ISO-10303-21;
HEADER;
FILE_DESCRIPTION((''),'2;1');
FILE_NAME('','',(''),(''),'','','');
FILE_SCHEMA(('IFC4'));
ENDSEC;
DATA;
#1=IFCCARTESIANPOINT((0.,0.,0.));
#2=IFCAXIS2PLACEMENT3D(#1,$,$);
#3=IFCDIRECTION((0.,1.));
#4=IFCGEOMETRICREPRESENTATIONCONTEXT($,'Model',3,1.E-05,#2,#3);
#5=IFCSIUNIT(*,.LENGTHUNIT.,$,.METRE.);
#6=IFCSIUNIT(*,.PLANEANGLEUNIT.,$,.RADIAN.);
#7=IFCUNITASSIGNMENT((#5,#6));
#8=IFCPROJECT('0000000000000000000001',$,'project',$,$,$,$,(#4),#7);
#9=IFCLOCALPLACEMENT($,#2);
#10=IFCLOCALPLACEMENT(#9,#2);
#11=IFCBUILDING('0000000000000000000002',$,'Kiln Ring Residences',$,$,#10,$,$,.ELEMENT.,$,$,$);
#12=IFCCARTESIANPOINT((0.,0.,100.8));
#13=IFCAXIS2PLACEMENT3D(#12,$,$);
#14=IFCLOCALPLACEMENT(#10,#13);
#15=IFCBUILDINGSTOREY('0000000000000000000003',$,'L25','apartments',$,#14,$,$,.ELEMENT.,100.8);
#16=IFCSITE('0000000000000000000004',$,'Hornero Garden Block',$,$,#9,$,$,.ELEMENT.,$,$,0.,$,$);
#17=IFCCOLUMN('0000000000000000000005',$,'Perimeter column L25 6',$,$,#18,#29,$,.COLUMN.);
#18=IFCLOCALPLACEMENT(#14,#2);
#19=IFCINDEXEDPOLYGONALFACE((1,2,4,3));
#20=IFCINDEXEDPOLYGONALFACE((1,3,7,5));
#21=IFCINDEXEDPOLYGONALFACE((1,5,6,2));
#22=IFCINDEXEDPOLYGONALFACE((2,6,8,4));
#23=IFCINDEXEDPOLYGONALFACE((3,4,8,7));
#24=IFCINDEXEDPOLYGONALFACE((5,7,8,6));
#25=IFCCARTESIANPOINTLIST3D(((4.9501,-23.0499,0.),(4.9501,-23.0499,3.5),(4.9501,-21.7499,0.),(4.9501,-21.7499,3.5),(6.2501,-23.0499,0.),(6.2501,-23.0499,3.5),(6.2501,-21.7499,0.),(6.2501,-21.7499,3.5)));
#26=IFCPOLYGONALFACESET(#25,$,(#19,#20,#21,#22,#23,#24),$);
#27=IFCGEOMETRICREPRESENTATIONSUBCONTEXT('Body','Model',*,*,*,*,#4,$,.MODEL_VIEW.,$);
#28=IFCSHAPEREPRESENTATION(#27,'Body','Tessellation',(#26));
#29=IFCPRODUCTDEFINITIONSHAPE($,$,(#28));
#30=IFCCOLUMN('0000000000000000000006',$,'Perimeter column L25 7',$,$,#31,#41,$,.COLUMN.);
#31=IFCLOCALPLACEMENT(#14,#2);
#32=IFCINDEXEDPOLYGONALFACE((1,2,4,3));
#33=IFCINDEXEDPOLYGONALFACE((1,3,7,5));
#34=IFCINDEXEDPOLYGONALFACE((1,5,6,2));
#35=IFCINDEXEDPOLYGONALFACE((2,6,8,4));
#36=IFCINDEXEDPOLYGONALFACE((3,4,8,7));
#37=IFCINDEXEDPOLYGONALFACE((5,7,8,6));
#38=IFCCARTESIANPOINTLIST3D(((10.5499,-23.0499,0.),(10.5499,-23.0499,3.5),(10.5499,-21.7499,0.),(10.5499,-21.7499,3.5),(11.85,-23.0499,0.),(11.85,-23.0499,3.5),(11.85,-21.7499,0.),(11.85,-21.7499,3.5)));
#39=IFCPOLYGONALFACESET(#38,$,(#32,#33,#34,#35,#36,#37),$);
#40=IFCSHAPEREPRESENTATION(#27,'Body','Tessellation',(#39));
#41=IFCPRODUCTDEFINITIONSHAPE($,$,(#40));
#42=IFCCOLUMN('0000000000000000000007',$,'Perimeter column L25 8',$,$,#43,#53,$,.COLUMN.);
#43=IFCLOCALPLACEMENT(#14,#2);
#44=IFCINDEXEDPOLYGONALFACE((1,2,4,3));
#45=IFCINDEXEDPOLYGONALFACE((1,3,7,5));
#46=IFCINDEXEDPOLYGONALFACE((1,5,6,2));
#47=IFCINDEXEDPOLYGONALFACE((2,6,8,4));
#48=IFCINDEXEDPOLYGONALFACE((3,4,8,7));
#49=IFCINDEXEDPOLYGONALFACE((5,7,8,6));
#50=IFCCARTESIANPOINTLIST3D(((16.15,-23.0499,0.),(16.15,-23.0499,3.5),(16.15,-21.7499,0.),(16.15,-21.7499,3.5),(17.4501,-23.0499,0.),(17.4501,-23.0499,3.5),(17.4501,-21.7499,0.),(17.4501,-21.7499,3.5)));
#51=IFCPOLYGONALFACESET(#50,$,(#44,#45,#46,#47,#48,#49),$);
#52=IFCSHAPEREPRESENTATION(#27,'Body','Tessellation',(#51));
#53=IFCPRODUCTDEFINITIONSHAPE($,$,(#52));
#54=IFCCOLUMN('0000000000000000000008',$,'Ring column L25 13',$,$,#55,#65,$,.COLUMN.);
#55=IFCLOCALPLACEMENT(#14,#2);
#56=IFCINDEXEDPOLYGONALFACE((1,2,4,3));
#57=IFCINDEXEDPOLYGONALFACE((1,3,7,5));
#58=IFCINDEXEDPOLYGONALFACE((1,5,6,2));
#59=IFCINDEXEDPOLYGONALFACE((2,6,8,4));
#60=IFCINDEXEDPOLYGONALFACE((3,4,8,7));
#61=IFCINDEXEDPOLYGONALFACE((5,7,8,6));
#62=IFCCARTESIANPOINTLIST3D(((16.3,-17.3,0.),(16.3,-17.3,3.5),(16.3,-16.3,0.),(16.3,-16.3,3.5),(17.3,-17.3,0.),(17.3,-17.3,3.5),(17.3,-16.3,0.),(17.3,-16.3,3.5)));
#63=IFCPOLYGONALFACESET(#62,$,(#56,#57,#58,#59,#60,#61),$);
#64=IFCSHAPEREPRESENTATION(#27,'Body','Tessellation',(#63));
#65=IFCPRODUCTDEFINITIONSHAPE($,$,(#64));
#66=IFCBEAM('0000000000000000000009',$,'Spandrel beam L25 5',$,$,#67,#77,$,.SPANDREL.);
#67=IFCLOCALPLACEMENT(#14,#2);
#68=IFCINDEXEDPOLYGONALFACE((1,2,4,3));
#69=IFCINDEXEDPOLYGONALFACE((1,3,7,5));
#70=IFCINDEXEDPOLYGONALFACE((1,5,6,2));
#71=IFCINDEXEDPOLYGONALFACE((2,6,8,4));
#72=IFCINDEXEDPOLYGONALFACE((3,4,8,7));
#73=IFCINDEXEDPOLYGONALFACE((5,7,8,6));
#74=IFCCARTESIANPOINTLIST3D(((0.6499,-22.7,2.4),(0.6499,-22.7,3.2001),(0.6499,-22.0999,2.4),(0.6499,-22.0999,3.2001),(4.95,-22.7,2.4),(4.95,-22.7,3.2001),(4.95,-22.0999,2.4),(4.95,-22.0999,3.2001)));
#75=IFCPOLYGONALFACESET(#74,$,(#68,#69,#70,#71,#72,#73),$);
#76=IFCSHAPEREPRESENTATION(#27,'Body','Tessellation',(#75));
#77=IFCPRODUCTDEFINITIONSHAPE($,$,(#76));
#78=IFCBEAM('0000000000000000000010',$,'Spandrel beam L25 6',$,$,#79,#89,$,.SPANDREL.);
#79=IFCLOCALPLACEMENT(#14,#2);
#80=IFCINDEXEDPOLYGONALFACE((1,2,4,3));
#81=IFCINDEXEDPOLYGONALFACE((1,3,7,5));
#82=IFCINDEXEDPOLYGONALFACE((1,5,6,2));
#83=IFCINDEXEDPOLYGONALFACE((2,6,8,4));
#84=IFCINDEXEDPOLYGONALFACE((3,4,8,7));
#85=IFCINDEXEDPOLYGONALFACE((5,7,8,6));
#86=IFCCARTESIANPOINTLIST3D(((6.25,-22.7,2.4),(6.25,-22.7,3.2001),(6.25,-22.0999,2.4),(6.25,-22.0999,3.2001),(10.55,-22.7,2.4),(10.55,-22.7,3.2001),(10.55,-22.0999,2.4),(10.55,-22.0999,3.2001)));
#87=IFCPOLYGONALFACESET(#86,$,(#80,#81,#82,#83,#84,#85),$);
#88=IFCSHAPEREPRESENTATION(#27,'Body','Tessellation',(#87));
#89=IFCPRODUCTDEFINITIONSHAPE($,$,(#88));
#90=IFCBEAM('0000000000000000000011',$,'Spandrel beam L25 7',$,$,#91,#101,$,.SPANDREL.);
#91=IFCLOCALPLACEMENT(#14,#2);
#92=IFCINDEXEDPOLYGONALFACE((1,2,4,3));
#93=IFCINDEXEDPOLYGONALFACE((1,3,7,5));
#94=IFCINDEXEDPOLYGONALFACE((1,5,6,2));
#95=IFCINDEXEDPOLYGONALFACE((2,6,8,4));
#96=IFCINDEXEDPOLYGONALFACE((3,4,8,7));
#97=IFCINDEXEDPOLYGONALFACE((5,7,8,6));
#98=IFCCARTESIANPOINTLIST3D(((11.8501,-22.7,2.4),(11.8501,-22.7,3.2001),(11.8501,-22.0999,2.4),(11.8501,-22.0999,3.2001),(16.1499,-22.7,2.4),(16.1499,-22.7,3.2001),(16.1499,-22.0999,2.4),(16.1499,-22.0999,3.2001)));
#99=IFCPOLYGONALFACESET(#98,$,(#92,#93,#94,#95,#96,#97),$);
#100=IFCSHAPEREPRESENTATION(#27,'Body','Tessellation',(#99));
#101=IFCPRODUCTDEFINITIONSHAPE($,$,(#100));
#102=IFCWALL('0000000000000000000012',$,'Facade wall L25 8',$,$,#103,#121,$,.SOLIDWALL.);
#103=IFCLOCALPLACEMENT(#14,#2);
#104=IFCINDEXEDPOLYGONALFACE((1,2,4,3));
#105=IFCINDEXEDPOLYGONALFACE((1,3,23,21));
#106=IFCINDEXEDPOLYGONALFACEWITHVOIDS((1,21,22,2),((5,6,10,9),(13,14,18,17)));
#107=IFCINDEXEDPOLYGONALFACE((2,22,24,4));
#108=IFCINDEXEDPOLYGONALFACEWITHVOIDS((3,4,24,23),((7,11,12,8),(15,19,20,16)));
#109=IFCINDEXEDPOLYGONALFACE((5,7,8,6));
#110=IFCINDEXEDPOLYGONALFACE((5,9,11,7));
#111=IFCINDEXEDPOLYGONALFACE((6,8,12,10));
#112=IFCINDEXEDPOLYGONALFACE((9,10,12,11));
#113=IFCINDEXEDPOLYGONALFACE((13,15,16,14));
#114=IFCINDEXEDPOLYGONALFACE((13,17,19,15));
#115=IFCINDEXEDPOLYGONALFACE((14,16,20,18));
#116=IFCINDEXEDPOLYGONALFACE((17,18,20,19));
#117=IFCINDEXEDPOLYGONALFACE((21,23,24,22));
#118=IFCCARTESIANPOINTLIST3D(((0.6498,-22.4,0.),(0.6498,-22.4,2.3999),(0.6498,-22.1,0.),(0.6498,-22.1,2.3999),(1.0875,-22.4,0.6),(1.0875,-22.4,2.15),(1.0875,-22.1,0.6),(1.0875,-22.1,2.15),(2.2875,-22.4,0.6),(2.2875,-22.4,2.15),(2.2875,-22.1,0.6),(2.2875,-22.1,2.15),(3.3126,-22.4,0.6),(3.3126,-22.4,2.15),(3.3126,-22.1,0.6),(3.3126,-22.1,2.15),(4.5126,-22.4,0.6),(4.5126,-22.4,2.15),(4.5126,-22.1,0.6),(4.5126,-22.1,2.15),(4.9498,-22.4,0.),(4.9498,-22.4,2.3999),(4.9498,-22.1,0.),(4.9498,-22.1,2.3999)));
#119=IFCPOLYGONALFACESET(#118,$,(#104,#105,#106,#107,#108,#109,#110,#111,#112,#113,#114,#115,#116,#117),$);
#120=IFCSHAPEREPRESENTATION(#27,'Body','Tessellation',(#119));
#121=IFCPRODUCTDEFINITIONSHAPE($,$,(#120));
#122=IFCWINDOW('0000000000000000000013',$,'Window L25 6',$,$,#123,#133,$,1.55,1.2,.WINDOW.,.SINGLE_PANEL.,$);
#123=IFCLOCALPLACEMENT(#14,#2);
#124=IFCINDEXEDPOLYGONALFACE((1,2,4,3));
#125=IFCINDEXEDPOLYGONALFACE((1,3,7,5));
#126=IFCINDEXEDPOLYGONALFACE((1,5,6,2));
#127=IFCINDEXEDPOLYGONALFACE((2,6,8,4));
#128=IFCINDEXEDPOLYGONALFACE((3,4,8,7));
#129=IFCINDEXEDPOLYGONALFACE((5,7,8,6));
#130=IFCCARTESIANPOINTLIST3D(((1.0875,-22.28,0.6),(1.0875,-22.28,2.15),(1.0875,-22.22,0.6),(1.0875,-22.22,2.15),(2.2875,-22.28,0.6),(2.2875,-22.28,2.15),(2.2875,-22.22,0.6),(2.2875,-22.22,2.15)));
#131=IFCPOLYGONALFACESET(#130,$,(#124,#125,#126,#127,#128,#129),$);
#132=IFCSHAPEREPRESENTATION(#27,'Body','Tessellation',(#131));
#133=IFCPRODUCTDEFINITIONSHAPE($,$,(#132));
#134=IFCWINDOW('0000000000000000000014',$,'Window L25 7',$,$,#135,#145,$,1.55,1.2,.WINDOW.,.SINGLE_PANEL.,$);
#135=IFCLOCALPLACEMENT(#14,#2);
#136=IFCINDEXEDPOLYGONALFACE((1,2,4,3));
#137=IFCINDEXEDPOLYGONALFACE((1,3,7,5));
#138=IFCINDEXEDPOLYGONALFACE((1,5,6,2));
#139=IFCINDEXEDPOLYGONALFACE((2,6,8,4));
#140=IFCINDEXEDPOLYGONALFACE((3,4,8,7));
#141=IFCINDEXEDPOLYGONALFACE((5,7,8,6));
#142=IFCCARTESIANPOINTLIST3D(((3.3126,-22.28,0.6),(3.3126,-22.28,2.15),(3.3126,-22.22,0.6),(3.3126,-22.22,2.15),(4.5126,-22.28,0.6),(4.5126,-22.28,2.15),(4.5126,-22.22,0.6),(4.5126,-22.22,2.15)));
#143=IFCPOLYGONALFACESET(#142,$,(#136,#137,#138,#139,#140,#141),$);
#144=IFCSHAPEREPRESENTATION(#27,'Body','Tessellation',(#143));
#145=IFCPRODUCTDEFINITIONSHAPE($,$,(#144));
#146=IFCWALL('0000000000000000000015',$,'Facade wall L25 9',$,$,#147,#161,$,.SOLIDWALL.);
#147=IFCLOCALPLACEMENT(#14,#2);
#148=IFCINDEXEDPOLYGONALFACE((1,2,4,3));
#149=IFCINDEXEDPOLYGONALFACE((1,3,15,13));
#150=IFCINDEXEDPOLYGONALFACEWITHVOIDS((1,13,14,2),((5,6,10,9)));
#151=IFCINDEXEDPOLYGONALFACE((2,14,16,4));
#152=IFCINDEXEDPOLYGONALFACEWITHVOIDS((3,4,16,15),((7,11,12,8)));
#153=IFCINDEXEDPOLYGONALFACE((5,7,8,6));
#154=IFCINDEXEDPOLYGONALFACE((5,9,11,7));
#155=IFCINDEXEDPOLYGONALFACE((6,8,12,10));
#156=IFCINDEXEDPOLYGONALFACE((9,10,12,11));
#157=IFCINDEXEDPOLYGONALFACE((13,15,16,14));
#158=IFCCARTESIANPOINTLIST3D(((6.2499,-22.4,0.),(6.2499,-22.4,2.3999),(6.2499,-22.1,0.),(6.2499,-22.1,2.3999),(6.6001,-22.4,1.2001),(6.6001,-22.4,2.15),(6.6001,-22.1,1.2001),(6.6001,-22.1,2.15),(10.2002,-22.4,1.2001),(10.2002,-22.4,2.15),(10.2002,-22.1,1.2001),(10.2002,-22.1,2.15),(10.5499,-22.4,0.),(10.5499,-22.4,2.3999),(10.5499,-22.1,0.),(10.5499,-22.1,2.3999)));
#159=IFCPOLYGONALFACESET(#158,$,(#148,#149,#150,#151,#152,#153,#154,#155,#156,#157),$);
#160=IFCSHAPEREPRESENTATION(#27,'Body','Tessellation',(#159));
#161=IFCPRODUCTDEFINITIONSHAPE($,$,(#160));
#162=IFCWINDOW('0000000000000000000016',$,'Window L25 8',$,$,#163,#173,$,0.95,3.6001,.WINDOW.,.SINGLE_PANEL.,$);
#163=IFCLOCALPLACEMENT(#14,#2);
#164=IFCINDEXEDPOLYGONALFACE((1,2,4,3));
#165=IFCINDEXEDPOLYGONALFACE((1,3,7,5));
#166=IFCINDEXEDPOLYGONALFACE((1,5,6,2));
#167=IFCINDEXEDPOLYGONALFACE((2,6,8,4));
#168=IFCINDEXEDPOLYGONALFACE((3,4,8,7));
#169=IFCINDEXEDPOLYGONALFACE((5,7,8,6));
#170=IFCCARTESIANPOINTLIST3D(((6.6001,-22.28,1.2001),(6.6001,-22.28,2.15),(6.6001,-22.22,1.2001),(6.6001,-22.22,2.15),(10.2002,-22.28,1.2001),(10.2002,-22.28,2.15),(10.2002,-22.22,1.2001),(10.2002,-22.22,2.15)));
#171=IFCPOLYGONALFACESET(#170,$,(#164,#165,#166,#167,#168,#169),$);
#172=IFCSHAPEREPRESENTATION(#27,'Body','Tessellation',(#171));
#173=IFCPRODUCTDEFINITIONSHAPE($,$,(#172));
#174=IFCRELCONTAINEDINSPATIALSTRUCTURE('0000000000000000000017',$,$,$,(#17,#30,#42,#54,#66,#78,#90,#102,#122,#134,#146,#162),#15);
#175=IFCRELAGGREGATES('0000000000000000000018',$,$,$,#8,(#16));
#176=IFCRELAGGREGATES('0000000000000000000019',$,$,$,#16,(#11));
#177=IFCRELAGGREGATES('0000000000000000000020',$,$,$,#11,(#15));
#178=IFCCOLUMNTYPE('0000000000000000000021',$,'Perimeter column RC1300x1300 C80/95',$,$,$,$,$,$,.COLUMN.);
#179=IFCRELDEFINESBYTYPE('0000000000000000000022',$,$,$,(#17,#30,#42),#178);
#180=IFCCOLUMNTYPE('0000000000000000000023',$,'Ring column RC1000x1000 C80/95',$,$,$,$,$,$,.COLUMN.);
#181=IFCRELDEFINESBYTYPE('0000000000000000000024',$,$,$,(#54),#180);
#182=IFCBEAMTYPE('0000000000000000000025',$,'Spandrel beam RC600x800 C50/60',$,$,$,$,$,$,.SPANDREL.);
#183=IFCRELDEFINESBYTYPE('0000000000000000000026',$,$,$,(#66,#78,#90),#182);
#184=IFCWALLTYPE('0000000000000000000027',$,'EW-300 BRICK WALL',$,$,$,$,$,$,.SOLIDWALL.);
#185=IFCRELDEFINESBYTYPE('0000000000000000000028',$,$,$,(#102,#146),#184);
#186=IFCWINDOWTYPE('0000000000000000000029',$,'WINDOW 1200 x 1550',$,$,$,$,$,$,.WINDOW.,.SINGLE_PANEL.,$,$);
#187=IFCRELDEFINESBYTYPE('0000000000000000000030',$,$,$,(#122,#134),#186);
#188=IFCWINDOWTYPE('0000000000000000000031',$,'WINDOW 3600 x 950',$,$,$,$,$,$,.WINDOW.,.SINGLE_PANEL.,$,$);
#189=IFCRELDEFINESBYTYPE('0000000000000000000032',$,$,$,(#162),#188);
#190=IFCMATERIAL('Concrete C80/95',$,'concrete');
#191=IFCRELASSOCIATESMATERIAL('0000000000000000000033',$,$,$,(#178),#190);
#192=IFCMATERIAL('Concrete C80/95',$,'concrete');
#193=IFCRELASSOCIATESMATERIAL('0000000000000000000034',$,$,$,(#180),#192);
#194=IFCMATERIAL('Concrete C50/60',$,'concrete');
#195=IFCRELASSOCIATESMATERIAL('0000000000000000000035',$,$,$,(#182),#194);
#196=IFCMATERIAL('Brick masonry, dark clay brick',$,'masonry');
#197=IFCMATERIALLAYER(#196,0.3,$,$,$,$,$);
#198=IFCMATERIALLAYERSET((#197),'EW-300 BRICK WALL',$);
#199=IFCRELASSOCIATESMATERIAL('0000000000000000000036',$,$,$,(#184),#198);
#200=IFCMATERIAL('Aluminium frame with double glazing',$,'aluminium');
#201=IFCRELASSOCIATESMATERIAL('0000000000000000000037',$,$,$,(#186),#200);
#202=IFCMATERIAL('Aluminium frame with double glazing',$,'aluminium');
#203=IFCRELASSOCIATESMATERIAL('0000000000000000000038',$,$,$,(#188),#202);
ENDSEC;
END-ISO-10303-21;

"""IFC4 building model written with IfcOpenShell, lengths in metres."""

from ifc_helpers import new_model, si_unit, direction, frame, frame_2d, origin, origin_2d, place, context, subcontext, project, spatial, rectangle, extrude, material, layer, layer_set, material_profile, profile_set, type_object, element, fill, save


model = new_model("IFC4")

# Units and contexts
model_context = context("Model", 3, precision=1e-05, world=origin(), true_north=direction((0.0, 1.0)))
body_context = subcontext(model_context, "Body", "Model", "MODEL_VIEW")
ifc_project = project(units=[si_unit("LENGTHUNIT", "METRE"), si_unit("PLANEANGLEUNIT", "RADIAN")], contexts=[model_context])

# Site, building, storey
site_placement = place(None, origin())
site = spatial("IfcSite", under=ifc_project, at=site_placement, Name="Hornero Garden Block", CompositionType="ELEMENT", RefElevation=0.0)
building_placement = place(site_placement, origin())
building = spatial("IfcBuilding", under=site, at=building_placement, Name="Kiln Ring Residences", CompositionType="ELEMENT")
storey_placement = place(building_placement, frame((0.0, 0.0, 100.8)))
storey = spatial("IfcBuildingStorey", under=building, at=storey_placement, Name="L25", Description="apartments", CompositionType="ELEMENT", Elevation=100.8)

# Columns
ifc_material_1 = material(Name="Concrete C80/95", Category="concrete")
ifc_material_profile_1 = material_profile(ifc_material_1, rectangle(XDim=1.3, YDim=1.3, at=origin_2d()), Name="RC1300x1300")
ifc_profile_set_1 = profile_set([ifc_material_profile_1], Name="Concrete C80/95")
column_type_1 = type_object("IfcColumnType", Name="Perimeter column RC1300x1300 C80/95", PredefinedType="COLUMN", material=ifc_profile_set_1)
for number, where, z_axis, x_axis, name in (
    (1, (5.6001, -22.3999, 0.0), (0.0, 0.0, 1.0), (1.0, 0.0, 0.0), "Perimeter column L25 6"),
    (2, (11.2, -22.3999, 0.0), (0.0, 0.0, 1.0), (1.0, 0.0, 0.0), "Perimeter column L25 7"),
    (3, (16.8, -22.3999, 0.0), (0.0, 0.0, 1.0), (1.0, 0.0, 0.0), "Perimeter column L25 8"),
):
    element("IfcColumn", number, at=place(storey_placement, frame(where, z_axis=z_axis, x_axis=x_axis)), inside=storey, type_object=column_type_1, Name=name, PredefinedType="COLUMN", context=body_context, shape_type="SweptSolid", body=[
        extrude(rectangle(XDim=1.3, YDim=1.3, at=origin_2d()), origin(), (0.0, 0.0, 1.0), 3.5),
    ])
ifc_material_2 = material(Name="Concrete C80/95", Category="concrete")
ifc_material_profile_2 = material_profile(ifc_material_2, rectangle(XDim=1.0, YDim=1.0, at=origin_2d()), Name="RC1000x1000")
ifc_profile_set_2 = profile_set([ifc_material_profile_2], Name="Concrete C80/95")
column_type_2 = type_object("IfcColumnType", Name="Ring column RC1000x1000 C80/95", PredefinedType="COLUMN", material=ifc_profile_set_2)
column_placement = place(storey_placement, frame((16.8, -16.8, 0.0), z_axis=(0.0, 0.0, 1.0), x_axis=(1.0, 0.0, 0.0)))
element("IfcColumn", 4, at=column_placement, inside=storey, type_object=column_type_2, Name="Ring column L25 13", PredefinedType="COLUMN", context=body_context, shape_type="SweptSolid", body=[
    extrude(rectangle(XDim=1.0, YDim=1.0, at=origin_2d()), origin(), (0.0, 0.0, 1.0), 3.5),
])

# Beams
ifc_material_3 = material(Name="Concrete C50/60", Category="concrete")
ifc_material_profile_3 = material_profile(ifc_material_3, rectangle(XDim=0.6001, YDim=0.8, at=origin_2d()), Name="RC600x800")
ifc_profile_set_3 = profile_set([ifc_material_profile_3], Name="Concrete C50/60")
beam_type = type_object("IfcBeamType", Name="Spandrel beam RC600x800 C50/60", PredefinedType="SPANDREL", material=ifc_profile_set_3)
for number, where, z_axis, x_axis, name in (
    (5, (0.6499, -22.3999, 2.8), (1.0, 0.0, 0.0), (0.0, 1.0, 0.0), "Spandrel beam L25 5"),
    (6, (6.25, -22.3999, 2.8), (1.0, 0.0, 0.0), (0.0, 1.0, 0.0), "Spandrel beam L25 6"),
):
    element("IfcBeam", number, at=place(storey_placement, frame(where, z_axis=z_axis, x_axis=x_axis)), inside=storey, type_object=beam_type, Name=name, PredefinedType="SPANDREL", context=body_context, shape_type="SweptSolid", body=[
        extrude(rectangle(XDim=0.6001, YDim=0.8, at=origin_2d()), origin(), (0.0, 0.0, 1.0), 4.3),
    ])
beam_placement = place(storey_placement, frame((11.8501, -22.3999, 2.8), z_axis=(1.0, 0.0, 0.0), x_axis=(0.0, 1.0, 0.0)))
element("IfcBeam", 7, at=beam_placement, inside=storey, type_object=beam_type, Name="Spandrel beam L25 7", PredefinedType="SPANDREL", context=body_context, shape_type="SweptSolid", body=[
    extrude(rectangle(XDim=0.6001, YDim=0.8, at=origin_2d()), origin(), (0.0, 0.0, 1.0), 4.2998),
])

# Wall, openings, windows
ifc_material_4 = material(Name="Brick masonry, dark clay brick", Category="masonry")
ifc_layer_1 = layer(ifc_material_4, 0.3)
ifc_layer_set_1 = layer_set([ifc_layer_1], Name="EW-300 BRICK WALL")
wall_type_1 = type_object("IfcWallType", Name="EW-300 BRICK WALL", PredefinedType="SOLIDWALL", material=ifc_layer_set_1)
wall_1_placement = place(storey_placement, frame((0.6499, -22.25, 0.0), z_axis=(0.0, 0.0, 1.0), x_axis=(1.0, 0.0, 0.0)))
wall_1 = element("IfcWall", 8, at=wall_1_placement, inside=storey, type_object=wall_type_1, Name="Facade wall L25 8", PredefinedType="SOLIDWALL", context=body_context, shape_type="SweptSolid", body=[
    extrude(rectangle(XDim=4.3, YDim=0.3, at=frame_2d((2.1499, 0.0))), origin(), (0.0, 0.0, 1.0), 2.3999),
])
opening_1_placement = place(wall_1_placement, frame((0.4375, 0.0, 0.6001)))
opening_1 = element("IfcOpeningElement", 9, at=opening_1_placement, cuts=wall_1, PredefinedType="OPENING", context=body_context, shape_type="SweptSolid", body=[
    extrude(rectangle(XDim=1.2, YDim=1.55, at=frame_2d((0.6001, 0.7749))), frame((0.0, 0.1599, 0.0), z_axis=(0.0, -1.0, 0.0), x_axis=(1.0, 0.0, 0.0)), (0.0, 0.0, 1.0), 0.3201),
])
opening_2_placement = place(wall_1_placement, frame((2.6626, 0.0, 0.6001)))
opening_2 = element("IfcOpeningElement", 10, at=opening_2_placement, cuts=wall_1, PredefinedType="OPENING", context=body_context, shape_type="SweptSolid", body=[
    extrude(rectangle(XDim=1.2, YDim=1.55, at=frame_2d((0.6001, 0.7749))), frame((0.0, 0.1599, 0.0), z_axis=(0.0, -1.0, 0.0), x_axis=(1.0, 0.0, 0.0)), (0.0, 0.0, 1.0), 0.3201),
])
ifc_material_5 = material(Name="Aluminium frame with double glazing", Category="aluminium")
window_type_1 = type_object("IfcWindowType", Name="WINDOW 1200 x 1550", PartitioningType="SINGLE_PANEL", PredefinedType="WINDOW", material=ifc_material_5)
window_1_placement = place(opening_1_placement, origin())
window_1 = element("IfcWindow", 11, at=window_1_placement, inside=storey, type_object=window_type_1, Name="Window L25 6", OverallHeight=1.55, OverallWidth=1.2, PartitioningType="SINGLE_PANEL", PredefinedType="WINDOW", context=body_context, shape_type="SweptSolid", body=[
    extrude(rectangle(XDim=1.2, YDim=1.55, at=frame_2d((0.6001, 0.7749))), frame((0.0, 0.03, 0.0), z_axis=(0.0, -1.0, 0.0), x_axis=(1.0, 0.0, 0.0)), (0.0, 0.0, 1.0), 0.0601),
])
fill(opening_1, window_1)
window_2_placement = place(opening_2_placement, origin())
window_2 = element("IfcWindow", 12, at=window_2_placement, inside=storey, type_object=window_type_1, Name="Window L25 7", OverallHeight=1.55, OverallWidth=1.2, PartitioningType="SINGLE_PANEL", PredefinedType="WINDOW", context=body_context, shape_type="SweptSolid", body=[
    extrude(rectangle(XDim=1.2, YDim=1.55, at=frame_2d((0.6001, 0.7749))), frame((0.0, 0.03, 0.0), z_axis=(0.0, -1.0, 0.0), x_axis=(1.0, 0.0, 0.0)), (0.0, 0.0, 1.0), 0.0601),
])
fill(opening_2, window_2)

# Wall, opening, window
wall_2_placement = place(storey_placement, frame((6.25, -22.25, 0.0), z_axis=(0.0, 0.0, 1.0), x_axis=(1.0, 0.0, 0.0)))
wall_2 = element("IfcWall", 13, at=wall_2_placement, inside=storey, type_object=wall_type_1, Name="Facade wall L25 9", PredefinedType="SOLIDWALL", context=body_context, shape_type="SweptSolid", body=[
    extrude(rectangle(XDim=4.3, YDim=0.3, at=frame_2d((2.1499, 0.0))), origin(), (0.0, 0.0, 1.0), 2.3999),
])
opening_3_placement = place(wall_2_placement, frame((0.3501, 0.0, 1.2)))
opening_3 = element("IfcOpeningElement", 14, at=opening_3_placement, cuts=wall_2, PredefinedType="OPENING", context=body_context, shape_type="SweptSolid", body=[
    extrude(rectangle(XDim=3.6001, YDim=0.95, at=frame_2d((1.8, 0.4751))), frame((0.0, 0.1599, 0.0), z_axis=(0.0, -1.0, 0.0), x_axis=(1.0, 0.0, 0.0)), (0.0, 0.0, 1.0), 0.3201),
])
ifc_material_6 = material(Name="Aluminium frame with double glazing", Category="aluminium")
window_type_2 = type_object("IfcWindowType", Name="WINDOW 3600 x 950", PartitioningType="SINGLE_PANEL", PredefinedType="WINDOW", material=ifc_material_6)
window_3_placement = place(opening_3_placement, origin())
window_3 = element("IfcWindow", 15, at=window_3_placement, inside=storey, type_object=window_type_2, Name="Window L25 8", OverallHeight=0.95, OverallWidth=3.6001, PartitioningType="SINGLE_PANEL", PredefinedType="WINDOW", context=body_context, shape_type="SweptSolid", body=[
    extrude(rectangle(XDim=3.6001, YDim=0.95, at=frame_2d((1.8, 0.4751))), frame((0.0, 0.03, 0.0), z_axis=(0.0, -1.0, 0.0), x_axis=(1.0, 0.0, 0.0)), (0.0, 0.0, 1.0), 0.0601),
])
fill(opening_3, window_3)

save(model, "model.ifc")
